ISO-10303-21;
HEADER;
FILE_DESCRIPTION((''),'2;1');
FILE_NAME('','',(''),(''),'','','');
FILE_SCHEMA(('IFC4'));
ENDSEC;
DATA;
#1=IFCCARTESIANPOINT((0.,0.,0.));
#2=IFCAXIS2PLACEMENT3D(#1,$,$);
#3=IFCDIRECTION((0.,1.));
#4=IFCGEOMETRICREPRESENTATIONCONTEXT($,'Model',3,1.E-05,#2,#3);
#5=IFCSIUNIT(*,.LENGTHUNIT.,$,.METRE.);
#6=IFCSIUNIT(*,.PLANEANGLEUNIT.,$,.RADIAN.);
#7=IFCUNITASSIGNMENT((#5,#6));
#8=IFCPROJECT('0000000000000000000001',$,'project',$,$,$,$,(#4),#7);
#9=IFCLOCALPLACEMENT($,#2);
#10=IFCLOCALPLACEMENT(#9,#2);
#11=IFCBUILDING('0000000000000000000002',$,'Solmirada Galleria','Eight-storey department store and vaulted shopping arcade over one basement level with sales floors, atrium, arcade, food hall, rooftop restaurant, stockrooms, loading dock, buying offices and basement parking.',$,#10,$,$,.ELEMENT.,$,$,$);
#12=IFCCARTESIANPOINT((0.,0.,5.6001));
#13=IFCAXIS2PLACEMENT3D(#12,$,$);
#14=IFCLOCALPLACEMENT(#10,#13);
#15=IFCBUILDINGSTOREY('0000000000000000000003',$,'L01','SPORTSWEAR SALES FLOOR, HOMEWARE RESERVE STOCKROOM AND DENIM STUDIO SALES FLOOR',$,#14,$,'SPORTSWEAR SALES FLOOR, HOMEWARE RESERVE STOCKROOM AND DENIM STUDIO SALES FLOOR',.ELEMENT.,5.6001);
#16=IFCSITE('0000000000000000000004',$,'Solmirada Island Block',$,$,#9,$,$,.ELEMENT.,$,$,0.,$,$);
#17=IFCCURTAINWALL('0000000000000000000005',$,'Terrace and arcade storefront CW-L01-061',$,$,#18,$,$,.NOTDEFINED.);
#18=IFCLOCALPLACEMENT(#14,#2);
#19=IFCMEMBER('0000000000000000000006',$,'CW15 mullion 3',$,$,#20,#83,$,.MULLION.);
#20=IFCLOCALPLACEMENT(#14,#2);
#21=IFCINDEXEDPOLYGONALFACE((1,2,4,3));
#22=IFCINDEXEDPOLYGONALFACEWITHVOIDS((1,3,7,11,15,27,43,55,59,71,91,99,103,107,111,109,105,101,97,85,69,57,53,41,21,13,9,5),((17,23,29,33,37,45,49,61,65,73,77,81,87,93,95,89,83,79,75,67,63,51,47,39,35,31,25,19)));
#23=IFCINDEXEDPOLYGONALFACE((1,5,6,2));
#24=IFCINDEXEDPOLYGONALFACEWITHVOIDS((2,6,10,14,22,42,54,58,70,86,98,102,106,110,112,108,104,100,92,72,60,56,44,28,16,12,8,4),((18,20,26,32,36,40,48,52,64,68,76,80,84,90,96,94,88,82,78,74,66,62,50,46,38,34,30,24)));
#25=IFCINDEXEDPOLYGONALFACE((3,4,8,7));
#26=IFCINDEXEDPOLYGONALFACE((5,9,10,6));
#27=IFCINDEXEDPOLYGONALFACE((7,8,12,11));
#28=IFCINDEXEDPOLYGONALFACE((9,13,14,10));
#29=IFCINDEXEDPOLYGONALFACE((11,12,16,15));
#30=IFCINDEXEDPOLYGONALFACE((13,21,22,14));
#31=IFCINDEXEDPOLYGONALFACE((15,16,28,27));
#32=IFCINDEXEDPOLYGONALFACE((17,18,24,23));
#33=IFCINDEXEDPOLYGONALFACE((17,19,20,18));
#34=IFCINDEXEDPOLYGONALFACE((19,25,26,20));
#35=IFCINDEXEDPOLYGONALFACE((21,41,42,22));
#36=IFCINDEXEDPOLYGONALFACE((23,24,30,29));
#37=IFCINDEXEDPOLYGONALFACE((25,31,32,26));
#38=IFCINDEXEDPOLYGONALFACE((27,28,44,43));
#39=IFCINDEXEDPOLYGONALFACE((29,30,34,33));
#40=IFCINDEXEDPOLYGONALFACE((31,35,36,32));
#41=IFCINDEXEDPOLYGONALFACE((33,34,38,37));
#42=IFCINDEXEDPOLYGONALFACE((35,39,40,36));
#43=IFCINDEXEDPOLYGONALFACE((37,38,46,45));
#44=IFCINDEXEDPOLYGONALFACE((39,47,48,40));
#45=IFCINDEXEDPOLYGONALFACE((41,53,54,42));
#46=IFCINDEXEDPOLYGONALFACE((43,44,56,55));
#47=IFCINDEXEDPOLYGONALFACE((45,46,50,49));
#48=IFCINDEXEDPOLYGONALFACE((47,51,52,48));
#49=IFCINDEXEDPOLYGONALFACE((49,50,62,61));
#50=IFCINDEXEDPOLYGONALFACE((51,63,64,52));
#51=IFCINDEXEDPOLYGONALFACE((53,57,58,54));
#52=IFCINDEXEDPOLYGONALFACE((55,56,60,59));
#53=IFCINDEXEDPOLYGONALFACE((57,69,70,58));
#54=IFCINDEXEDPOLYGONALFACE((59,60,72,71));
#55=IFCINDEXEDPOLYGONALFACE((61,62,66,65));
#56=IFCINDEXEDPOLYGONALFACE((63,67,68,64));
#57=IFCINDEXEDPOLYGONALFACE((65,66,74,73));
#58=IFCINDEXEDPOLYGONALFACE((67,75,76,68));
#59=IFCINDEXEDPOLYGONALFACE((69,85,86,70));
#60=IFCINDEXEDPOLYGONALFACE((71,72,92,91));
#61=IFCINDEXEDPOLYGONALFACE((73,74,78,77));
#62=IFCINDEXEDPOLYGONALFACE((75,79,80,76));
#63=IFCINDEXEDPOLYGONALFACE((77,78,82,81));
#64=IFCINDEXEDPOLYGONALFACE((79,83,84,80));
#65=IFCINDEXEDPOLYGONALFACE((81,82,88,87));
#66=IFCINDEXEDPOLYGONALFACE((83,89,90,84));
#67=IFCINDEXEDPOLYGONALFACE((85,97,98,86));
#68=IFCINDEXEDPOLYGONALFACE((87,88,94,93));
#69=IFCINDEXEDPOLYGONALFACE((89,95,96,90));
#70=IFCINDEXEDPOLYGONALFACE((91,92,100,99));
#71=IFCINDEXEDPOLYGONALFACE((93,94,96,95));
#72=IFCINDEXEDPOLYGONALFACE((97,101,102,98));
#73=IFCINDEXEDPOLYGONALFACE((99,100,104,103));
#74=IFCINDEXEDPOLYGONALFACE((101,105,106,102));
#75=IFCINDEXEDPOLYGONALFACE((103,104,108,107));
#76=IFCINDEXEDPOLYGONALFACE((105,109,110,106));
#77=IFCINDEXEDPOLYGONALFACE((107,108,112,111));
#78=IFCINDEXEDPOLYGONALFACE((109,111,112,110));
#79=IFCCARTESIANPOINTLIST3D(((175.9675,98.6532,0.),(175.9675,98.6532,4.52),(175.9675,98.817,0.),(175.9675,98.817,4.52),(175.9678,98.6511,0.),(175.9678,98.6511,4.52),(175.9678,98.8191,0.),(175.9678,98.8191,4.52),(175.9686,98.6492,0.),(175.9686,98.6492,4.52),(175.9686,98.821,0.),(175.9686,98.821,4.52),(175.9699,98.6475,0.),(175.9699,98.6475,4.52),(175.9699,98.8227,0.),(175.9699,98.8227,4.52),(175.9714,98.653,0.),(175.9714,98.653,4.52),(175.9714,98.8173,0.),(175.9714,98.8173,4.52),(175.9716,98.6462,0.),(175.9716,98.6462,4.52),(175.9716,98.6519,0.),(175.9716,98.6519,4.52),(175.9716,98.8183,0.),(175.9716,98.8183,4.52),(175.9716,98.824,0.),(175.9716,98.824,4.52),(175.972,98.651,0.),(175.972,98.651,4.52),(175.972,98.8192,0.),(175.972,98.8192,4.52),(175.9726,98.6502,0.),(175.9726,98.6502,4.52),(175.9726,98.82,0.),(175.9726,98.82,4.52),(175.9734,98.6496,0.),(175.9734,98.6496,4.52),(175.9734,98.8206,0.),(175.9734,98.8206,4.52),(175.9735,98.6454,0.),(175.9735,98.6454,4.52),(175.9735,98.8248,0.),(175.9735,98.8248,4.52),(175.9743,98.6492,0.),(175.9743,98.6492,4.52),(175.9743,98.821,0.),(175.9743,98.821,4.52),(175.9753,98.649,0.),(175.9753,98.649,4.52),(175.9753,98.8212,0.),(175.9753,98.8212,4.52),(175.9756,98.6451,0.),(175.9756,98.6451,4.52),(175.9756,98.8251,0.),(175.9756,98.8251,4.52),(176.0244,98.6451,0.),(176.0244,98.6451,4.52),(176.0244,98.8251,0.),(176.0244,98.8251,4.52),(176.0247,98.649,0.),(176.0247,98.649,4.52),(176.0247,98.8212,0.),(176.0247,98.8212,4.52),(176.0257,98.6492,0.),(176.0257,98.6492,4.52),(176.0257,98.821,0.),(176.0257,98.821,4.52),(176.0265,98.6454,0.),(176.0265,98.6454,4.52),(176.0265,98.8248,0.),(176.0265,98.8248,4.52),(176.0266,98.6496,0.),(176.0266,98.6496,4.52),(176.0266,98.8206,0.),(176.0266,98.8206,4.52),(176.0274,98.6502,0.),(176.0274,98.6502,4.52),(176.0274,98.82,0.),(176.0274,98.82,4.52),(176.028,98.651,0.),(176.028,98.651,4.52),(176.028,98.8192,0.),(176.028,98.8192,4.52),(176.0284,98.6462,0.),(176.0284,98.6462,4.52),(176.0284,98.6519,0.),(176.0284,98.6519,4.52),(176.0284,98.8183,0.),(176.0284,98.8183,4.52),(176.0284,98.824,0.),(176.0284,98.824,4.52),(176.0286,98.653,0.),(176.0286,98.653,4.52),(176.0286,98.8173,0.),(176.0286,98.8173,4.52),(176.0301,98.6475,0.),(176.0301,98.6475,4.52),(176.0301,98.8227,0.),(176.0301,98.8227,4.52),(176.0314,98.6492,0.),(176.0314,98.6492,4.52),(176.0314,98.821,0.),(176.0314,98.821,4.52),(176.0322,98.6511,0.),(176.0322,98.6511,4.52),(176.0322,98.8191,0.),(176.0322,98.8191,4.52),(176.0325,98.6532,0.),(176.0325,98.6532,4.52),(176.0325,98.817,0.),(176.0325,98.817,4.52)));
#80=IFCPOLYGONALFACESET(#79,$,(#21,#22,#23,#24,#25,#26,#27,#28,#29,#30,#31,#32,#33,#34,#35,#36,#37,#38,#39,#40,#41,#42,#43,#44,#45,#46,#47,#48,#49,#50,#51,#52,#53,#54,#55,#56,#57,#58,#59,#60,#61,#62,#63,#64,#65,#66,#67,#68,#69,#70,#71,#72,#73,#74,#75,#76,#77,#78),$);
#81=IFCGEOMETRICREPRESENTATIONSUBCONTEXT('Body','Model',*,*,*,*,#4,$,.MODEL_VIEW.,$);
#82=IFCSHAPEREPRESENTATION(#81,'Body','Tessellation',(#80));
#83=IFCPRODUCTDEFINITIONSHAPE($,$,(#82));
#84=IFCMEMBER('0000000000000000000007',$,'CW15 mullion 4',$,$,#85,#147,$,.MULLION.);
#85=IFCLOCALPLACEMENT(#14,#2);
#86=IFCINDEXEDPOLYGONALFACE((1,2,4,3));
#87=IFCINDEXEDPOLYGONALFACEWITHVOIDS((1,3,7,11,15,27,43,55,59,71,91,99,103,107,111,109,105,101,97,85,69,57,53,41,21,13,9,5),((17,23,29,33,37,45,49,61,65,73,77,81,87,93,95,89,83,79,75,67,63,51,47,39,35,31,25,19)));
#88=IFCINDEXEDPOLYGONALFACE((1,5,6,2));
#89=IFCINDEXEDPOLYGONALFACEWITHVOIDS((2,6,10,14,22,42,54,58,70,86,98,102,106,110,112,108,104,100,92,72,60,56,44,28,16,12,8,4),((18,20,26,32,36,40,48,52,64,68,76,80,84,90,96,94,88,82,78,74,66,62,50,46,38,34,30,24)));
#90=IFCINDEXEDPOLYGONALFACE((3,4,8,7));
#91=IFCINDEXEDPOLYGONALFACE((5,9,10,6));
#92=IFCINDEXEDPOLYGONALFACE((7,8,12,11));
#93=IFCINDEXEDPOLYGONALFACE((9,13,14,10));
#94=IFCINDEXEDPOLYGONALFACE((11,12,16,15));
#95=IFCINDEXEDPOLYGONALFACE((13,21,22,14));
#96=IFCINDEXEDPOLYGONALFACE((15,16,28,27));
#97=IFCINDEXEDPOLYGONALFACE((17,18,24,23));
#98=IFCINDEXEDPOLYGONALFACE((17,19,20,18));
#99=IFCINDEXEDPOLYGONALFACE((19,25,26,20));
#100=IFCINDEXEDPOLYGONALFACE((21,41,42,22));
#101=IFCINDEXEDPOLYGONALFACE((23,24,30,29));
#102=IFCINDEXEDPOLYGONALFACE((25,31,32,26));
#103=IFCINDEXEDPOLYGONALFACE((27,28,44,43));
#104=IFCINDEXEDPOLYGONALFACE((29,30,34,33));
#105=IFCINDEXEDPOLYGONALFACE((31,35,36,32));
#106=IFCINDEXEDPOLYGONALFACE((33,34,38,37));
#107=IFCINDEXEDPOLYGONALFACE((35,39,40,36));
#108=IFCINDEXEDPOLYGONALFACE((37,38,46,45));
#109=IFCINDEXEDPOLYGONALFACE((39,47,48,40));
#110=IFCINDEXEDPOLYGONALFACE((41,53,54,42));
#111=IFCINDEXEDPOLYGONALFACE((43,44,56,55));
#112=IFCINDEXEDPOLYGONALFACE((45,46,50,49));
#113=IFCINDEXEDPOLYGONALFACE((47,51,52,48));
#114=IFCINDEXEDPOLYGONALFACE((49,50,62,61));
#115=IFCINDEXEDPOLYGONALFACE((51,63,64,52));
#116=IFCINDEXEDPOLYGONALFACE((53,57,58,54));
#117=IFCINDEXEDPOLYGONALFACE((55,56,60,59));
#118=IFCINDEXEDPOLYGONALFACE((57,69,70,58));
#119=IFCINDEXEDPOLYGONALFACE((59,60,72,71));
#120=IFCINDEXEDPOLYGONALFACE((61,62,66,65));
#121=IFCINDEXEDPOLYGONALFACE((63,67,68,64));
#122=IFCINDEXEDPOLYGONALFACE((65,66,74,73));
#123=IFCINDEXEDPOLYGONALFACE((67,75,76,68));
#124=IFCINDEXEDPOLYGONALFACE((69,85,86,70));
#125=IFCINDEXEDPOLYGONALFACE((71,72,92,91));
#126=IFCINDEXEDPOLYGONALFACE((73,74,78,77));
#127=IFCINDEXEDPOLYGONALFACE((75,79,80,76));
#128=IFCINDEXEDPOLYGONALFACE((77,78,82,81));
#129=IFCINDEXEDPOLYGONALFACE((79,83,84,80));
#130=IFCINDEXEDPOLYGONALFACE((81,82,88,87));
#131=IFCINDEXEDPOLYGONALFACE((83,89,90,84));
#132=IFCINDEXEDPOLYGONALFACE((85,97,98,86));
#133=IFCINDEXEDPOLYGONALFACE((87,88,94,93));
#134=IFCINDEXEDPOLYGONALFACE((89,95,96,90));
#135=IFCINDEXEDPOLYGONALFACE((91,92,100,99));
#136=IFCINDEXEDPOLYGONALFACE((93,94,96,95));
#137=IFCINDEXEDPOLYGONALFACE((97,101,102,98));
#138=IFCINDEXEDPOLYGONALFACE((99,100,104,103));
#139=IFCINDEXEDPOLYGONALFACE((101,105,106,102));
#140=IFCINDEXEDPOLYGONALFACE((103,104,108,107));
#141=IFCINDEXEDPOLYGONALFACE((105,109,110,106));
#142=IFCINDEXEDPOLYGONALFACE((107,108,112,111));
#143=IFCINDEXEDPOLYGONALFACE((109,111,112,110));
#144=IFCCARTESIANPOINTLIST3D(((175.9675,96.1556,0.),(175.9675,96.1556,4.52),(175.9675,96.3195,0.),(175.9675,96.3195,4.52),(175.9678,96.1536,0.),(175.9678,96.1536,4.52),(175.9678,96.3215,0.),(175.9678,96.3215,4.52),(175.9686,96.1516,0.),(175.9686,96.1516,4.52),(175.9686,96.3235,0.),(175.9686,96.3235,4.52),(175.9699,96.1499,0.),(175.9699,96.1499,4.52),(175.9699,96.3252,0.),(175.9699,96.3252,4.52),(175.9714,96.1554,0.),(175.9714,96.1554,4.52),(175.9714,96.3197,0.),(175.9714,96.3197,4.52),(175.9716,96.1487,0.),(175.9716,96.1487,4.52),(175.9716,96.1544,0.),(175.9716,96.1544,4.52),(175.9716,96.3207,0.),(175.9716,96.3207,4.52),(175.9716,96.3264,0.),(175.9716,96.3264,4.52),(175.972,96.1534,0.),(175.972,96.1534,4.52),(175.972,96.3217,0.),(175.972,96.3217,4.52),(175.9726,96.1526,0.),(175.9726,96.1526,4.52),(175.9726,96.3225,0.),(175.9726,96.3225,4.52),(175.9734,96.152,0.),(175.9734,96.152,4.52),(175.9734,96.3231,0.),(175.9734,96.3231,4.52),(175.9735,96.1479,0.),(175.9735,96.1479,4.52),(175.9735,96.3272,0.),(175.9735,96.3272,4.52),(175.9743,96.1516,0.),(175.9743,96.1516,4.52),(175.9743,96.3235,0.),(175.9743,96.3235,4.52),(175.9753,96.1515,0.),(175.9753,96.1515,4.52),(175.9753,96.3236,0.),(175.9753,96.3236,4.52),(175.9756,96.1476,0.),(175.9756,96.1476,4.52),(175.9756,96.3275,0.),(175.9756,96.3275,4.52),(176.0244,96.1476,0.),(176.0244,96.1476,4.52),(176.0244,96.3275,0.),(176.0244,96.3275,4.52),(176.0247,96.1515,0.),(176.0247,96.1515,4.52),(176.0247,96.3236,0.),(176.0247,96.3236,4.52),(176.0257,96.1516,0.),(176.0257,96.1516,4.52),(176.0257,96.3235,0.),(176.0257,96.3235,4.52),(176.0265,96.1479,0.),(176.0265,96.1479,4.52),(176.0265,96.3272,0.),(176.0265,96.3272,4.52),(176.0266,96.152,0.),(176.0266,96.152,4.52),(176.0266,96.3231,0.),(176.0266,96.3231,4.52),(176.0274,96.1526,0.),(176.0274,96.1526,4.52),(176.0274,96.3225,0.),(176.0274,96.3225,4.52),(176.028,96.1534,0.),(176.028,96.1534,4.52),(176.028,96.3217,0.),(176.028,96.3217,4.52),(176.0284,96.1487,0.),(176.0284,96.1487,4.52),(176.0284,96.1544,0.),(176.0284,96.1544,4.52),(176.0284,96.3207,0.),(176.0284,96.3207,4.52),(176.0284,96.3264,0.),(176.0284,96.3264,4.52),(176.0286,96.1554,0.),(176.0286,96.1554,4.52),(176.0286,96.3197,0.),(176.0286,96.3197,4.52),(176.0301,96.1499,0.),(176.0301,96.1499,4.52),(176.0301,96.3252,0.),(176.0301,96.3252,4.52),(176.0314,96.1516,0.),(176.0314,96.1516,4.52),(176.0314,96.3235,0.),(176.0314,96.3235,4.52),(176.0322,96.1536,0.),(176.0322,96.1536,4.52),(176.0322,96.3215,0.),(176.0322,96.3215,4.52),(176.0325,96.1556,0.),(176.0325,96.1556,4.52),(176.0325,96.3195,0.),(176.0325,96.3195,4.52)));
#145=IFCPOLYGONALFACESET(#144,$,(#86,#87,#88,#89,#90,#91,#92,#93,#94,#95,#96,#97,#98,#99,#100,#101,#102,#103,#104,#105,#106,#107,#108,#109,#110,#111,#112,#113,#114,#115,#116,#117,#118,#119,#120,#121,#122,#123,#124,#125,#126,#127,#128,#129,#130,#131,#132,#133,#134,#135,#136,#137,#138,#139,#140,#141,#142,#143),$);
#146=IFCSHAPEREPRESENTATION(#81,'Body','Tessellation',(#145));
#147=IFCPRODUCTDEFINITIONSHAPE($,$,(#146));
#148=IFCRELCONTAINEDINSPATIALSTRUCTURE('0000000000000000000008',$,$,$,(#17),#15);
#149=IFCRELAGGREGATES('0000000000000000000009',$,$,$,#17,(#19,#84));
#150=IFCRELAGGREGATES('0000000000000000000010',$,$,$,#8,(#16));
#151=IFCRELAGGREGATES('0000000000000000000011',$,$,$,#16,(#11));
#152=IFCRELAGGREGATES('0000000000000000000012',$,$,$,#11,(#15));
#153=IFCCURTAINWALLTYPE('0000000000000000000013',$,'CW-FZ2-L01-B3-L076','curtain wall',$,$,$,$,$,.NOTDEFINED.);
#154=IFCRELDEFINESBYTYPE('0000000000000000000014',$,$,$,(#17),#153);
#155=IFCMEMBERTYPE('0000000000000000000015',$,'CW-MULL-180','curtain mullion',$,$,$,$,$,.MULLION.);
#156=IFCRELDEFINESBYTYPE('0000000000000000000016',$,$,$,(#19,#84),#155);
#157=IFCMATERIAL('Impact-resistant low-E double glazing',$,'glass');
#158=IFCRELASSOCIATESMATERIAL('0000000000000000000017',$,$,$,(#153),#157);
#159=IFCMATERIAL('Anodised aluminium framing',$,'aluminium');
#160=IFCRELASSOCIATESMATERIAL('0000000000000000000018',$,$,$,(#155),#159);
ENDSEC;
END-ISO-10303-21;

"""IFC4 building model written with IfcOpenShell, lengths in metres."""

from ifc_helpers import new_model, si_unit, direction, frame, origin, origin_2d, place, context, subcontext, project, spatial, hollow_rectangle, extrude, material, material_profile, profile_set, type_object, element, aggregate, save


model = new_model("IFC4")

# Units and contexts
model_context = context("Model", 3, precision=1e-05, world=origin(), true_north=direction((0.0, 1.0)))
body_context = subcontext(model_context, "Body", "Model", "MODEL_VIEW")
ifc_project = project(units=[si_unit("LENGTHUNIT", "METRE"), si_unit("PLANEANGLEUNIT", "RADIAN")], contexts=[model_context])

# Site, building, storey
site_placement = place(None, origin())
site = spatial("IfcSite", under=ifc_project, at=site_placement, Name="Solmirada Island Block", CompositionType="ELEMENT", RefElevation=0.0)
building_placement = place(site_placement, origin())
building = spatial("IfcBuilding", under=site, at=building_placement, Name="Solmirada Galleria", Description="Eight-storey department store and vaulted shopping arcade over one basement level with sales floors, atrium, arcade, food hall, rooftop restaurant, stockrooms, loading dock, buying offices and basement parking.", CompositionType="ELEMENT")
storey_placement = place(building_placement, frame((0.0, 0.0, 5.6001)))
storey = spatial("IfcBuildingStorey", under=building, at=storey_placement, Name="L01", Description="SPORTSWEAR SALES FLOOR, HOMEWARE RESERVE STOCKROOM AND DENIM STUDIO SALES FLOOR", LongName="SPORTSWEAR SALES FLOOR, HOMEWARE RESERVE STOCKROOM AND DENIM STUDIO SALES FLOOR", CompositionType="ELEMENT", Elevation=5.6001)

# Curtain wall, members
ifc_material_1 = material(Name="Impact-resistant low-E double glazing", Category="glass")
curtain_wall_type = type_object("IfcCurtainWallType", Name="CW-FZ2-L01-B3-L076", Description="curtain wall", PredefinedType="NOTDEFINED", material=ifc_material_1)
curtain_wall_placement = place(storey_placement, origin())
curtain_wall = element("IfcCurtainWall", 1, at=curtain_wall_placement, inside=storey, type_object=curtain_wall_type, Name="Terrace and arcade storefront CW-L01-061", PredefinedType="NOTDEFINED")
ifc_material_2 = material(Name="Anodised aluminium framing", Category="aluminium")
ifc_material_profile_1 = material_profile(ifc_material_2, hollow_rectangle(XDim=0.0649, YDim=0.1799, WallThickness=0.0039, InnerFilletRadius=0.0039, OuterFilletRadius=0.0081, at=origin_2d()), Name="ALU-MULL-180X65")
ifc_profile_set_1 = profile_set([ifc_material_profile_1], Name="Anodised aluminium framing")
member_type_1 = type_object("IfcMemberType", Name="CW-MULL-180", Description="curtain mullion", PredefinedType="MULLION", material=ifc_profile_set_1)
member_1_placement = place(storey_placement, frame((176.0, 98.7351, 0.0), z_axis=(0.0, 0.0, 1.0), x_axis=(1.0, 0.0, 0.0)))
member_1 = element("IfcMember", 2, at=member_1_placement, type_object=member_type_1, Name="CW15 mullion 3", PredefinedType="MULLION", context=body_context, shape_type="SweptSolid", body=[
    extrude(hollow_rectangle(XDim=0.0649, YDim=0.1799, WallThickness=0.0039, InnerFilletRadius=0.0039, OuterFilletRadius=0.0081, at=origin_2d()), origin(), (0.0, 0.0, 1.0), 4.52),
])
member_2_placement = place(storey_placement, frame((176.0, 96.2375, 0.0), z_axis=(0.0, 0.0, 1.0), x_axis=(1.0, 0.0, 0.0)))
member_2 = element("IfcMember", 3, at=member_2_placement, type_object=member_type_1, Name="CW15 mullion 4", PredefinedType="MULLION", context=body_context, shape_type="SweptSolid", body=[
    extrude(hollow_rectangle(XDim=0.0649, YDim=0.1799, WallThickness=0.0039, InnerFilletRadius=0.0039, OuterFilletRadius=0.0081, at=origin_2d()), origin(), (0.0, 0.0, 1.0), 4.52),
])
aggregate(curtain_wall, [member_1, member_2])

save(model, "model.ifc")
